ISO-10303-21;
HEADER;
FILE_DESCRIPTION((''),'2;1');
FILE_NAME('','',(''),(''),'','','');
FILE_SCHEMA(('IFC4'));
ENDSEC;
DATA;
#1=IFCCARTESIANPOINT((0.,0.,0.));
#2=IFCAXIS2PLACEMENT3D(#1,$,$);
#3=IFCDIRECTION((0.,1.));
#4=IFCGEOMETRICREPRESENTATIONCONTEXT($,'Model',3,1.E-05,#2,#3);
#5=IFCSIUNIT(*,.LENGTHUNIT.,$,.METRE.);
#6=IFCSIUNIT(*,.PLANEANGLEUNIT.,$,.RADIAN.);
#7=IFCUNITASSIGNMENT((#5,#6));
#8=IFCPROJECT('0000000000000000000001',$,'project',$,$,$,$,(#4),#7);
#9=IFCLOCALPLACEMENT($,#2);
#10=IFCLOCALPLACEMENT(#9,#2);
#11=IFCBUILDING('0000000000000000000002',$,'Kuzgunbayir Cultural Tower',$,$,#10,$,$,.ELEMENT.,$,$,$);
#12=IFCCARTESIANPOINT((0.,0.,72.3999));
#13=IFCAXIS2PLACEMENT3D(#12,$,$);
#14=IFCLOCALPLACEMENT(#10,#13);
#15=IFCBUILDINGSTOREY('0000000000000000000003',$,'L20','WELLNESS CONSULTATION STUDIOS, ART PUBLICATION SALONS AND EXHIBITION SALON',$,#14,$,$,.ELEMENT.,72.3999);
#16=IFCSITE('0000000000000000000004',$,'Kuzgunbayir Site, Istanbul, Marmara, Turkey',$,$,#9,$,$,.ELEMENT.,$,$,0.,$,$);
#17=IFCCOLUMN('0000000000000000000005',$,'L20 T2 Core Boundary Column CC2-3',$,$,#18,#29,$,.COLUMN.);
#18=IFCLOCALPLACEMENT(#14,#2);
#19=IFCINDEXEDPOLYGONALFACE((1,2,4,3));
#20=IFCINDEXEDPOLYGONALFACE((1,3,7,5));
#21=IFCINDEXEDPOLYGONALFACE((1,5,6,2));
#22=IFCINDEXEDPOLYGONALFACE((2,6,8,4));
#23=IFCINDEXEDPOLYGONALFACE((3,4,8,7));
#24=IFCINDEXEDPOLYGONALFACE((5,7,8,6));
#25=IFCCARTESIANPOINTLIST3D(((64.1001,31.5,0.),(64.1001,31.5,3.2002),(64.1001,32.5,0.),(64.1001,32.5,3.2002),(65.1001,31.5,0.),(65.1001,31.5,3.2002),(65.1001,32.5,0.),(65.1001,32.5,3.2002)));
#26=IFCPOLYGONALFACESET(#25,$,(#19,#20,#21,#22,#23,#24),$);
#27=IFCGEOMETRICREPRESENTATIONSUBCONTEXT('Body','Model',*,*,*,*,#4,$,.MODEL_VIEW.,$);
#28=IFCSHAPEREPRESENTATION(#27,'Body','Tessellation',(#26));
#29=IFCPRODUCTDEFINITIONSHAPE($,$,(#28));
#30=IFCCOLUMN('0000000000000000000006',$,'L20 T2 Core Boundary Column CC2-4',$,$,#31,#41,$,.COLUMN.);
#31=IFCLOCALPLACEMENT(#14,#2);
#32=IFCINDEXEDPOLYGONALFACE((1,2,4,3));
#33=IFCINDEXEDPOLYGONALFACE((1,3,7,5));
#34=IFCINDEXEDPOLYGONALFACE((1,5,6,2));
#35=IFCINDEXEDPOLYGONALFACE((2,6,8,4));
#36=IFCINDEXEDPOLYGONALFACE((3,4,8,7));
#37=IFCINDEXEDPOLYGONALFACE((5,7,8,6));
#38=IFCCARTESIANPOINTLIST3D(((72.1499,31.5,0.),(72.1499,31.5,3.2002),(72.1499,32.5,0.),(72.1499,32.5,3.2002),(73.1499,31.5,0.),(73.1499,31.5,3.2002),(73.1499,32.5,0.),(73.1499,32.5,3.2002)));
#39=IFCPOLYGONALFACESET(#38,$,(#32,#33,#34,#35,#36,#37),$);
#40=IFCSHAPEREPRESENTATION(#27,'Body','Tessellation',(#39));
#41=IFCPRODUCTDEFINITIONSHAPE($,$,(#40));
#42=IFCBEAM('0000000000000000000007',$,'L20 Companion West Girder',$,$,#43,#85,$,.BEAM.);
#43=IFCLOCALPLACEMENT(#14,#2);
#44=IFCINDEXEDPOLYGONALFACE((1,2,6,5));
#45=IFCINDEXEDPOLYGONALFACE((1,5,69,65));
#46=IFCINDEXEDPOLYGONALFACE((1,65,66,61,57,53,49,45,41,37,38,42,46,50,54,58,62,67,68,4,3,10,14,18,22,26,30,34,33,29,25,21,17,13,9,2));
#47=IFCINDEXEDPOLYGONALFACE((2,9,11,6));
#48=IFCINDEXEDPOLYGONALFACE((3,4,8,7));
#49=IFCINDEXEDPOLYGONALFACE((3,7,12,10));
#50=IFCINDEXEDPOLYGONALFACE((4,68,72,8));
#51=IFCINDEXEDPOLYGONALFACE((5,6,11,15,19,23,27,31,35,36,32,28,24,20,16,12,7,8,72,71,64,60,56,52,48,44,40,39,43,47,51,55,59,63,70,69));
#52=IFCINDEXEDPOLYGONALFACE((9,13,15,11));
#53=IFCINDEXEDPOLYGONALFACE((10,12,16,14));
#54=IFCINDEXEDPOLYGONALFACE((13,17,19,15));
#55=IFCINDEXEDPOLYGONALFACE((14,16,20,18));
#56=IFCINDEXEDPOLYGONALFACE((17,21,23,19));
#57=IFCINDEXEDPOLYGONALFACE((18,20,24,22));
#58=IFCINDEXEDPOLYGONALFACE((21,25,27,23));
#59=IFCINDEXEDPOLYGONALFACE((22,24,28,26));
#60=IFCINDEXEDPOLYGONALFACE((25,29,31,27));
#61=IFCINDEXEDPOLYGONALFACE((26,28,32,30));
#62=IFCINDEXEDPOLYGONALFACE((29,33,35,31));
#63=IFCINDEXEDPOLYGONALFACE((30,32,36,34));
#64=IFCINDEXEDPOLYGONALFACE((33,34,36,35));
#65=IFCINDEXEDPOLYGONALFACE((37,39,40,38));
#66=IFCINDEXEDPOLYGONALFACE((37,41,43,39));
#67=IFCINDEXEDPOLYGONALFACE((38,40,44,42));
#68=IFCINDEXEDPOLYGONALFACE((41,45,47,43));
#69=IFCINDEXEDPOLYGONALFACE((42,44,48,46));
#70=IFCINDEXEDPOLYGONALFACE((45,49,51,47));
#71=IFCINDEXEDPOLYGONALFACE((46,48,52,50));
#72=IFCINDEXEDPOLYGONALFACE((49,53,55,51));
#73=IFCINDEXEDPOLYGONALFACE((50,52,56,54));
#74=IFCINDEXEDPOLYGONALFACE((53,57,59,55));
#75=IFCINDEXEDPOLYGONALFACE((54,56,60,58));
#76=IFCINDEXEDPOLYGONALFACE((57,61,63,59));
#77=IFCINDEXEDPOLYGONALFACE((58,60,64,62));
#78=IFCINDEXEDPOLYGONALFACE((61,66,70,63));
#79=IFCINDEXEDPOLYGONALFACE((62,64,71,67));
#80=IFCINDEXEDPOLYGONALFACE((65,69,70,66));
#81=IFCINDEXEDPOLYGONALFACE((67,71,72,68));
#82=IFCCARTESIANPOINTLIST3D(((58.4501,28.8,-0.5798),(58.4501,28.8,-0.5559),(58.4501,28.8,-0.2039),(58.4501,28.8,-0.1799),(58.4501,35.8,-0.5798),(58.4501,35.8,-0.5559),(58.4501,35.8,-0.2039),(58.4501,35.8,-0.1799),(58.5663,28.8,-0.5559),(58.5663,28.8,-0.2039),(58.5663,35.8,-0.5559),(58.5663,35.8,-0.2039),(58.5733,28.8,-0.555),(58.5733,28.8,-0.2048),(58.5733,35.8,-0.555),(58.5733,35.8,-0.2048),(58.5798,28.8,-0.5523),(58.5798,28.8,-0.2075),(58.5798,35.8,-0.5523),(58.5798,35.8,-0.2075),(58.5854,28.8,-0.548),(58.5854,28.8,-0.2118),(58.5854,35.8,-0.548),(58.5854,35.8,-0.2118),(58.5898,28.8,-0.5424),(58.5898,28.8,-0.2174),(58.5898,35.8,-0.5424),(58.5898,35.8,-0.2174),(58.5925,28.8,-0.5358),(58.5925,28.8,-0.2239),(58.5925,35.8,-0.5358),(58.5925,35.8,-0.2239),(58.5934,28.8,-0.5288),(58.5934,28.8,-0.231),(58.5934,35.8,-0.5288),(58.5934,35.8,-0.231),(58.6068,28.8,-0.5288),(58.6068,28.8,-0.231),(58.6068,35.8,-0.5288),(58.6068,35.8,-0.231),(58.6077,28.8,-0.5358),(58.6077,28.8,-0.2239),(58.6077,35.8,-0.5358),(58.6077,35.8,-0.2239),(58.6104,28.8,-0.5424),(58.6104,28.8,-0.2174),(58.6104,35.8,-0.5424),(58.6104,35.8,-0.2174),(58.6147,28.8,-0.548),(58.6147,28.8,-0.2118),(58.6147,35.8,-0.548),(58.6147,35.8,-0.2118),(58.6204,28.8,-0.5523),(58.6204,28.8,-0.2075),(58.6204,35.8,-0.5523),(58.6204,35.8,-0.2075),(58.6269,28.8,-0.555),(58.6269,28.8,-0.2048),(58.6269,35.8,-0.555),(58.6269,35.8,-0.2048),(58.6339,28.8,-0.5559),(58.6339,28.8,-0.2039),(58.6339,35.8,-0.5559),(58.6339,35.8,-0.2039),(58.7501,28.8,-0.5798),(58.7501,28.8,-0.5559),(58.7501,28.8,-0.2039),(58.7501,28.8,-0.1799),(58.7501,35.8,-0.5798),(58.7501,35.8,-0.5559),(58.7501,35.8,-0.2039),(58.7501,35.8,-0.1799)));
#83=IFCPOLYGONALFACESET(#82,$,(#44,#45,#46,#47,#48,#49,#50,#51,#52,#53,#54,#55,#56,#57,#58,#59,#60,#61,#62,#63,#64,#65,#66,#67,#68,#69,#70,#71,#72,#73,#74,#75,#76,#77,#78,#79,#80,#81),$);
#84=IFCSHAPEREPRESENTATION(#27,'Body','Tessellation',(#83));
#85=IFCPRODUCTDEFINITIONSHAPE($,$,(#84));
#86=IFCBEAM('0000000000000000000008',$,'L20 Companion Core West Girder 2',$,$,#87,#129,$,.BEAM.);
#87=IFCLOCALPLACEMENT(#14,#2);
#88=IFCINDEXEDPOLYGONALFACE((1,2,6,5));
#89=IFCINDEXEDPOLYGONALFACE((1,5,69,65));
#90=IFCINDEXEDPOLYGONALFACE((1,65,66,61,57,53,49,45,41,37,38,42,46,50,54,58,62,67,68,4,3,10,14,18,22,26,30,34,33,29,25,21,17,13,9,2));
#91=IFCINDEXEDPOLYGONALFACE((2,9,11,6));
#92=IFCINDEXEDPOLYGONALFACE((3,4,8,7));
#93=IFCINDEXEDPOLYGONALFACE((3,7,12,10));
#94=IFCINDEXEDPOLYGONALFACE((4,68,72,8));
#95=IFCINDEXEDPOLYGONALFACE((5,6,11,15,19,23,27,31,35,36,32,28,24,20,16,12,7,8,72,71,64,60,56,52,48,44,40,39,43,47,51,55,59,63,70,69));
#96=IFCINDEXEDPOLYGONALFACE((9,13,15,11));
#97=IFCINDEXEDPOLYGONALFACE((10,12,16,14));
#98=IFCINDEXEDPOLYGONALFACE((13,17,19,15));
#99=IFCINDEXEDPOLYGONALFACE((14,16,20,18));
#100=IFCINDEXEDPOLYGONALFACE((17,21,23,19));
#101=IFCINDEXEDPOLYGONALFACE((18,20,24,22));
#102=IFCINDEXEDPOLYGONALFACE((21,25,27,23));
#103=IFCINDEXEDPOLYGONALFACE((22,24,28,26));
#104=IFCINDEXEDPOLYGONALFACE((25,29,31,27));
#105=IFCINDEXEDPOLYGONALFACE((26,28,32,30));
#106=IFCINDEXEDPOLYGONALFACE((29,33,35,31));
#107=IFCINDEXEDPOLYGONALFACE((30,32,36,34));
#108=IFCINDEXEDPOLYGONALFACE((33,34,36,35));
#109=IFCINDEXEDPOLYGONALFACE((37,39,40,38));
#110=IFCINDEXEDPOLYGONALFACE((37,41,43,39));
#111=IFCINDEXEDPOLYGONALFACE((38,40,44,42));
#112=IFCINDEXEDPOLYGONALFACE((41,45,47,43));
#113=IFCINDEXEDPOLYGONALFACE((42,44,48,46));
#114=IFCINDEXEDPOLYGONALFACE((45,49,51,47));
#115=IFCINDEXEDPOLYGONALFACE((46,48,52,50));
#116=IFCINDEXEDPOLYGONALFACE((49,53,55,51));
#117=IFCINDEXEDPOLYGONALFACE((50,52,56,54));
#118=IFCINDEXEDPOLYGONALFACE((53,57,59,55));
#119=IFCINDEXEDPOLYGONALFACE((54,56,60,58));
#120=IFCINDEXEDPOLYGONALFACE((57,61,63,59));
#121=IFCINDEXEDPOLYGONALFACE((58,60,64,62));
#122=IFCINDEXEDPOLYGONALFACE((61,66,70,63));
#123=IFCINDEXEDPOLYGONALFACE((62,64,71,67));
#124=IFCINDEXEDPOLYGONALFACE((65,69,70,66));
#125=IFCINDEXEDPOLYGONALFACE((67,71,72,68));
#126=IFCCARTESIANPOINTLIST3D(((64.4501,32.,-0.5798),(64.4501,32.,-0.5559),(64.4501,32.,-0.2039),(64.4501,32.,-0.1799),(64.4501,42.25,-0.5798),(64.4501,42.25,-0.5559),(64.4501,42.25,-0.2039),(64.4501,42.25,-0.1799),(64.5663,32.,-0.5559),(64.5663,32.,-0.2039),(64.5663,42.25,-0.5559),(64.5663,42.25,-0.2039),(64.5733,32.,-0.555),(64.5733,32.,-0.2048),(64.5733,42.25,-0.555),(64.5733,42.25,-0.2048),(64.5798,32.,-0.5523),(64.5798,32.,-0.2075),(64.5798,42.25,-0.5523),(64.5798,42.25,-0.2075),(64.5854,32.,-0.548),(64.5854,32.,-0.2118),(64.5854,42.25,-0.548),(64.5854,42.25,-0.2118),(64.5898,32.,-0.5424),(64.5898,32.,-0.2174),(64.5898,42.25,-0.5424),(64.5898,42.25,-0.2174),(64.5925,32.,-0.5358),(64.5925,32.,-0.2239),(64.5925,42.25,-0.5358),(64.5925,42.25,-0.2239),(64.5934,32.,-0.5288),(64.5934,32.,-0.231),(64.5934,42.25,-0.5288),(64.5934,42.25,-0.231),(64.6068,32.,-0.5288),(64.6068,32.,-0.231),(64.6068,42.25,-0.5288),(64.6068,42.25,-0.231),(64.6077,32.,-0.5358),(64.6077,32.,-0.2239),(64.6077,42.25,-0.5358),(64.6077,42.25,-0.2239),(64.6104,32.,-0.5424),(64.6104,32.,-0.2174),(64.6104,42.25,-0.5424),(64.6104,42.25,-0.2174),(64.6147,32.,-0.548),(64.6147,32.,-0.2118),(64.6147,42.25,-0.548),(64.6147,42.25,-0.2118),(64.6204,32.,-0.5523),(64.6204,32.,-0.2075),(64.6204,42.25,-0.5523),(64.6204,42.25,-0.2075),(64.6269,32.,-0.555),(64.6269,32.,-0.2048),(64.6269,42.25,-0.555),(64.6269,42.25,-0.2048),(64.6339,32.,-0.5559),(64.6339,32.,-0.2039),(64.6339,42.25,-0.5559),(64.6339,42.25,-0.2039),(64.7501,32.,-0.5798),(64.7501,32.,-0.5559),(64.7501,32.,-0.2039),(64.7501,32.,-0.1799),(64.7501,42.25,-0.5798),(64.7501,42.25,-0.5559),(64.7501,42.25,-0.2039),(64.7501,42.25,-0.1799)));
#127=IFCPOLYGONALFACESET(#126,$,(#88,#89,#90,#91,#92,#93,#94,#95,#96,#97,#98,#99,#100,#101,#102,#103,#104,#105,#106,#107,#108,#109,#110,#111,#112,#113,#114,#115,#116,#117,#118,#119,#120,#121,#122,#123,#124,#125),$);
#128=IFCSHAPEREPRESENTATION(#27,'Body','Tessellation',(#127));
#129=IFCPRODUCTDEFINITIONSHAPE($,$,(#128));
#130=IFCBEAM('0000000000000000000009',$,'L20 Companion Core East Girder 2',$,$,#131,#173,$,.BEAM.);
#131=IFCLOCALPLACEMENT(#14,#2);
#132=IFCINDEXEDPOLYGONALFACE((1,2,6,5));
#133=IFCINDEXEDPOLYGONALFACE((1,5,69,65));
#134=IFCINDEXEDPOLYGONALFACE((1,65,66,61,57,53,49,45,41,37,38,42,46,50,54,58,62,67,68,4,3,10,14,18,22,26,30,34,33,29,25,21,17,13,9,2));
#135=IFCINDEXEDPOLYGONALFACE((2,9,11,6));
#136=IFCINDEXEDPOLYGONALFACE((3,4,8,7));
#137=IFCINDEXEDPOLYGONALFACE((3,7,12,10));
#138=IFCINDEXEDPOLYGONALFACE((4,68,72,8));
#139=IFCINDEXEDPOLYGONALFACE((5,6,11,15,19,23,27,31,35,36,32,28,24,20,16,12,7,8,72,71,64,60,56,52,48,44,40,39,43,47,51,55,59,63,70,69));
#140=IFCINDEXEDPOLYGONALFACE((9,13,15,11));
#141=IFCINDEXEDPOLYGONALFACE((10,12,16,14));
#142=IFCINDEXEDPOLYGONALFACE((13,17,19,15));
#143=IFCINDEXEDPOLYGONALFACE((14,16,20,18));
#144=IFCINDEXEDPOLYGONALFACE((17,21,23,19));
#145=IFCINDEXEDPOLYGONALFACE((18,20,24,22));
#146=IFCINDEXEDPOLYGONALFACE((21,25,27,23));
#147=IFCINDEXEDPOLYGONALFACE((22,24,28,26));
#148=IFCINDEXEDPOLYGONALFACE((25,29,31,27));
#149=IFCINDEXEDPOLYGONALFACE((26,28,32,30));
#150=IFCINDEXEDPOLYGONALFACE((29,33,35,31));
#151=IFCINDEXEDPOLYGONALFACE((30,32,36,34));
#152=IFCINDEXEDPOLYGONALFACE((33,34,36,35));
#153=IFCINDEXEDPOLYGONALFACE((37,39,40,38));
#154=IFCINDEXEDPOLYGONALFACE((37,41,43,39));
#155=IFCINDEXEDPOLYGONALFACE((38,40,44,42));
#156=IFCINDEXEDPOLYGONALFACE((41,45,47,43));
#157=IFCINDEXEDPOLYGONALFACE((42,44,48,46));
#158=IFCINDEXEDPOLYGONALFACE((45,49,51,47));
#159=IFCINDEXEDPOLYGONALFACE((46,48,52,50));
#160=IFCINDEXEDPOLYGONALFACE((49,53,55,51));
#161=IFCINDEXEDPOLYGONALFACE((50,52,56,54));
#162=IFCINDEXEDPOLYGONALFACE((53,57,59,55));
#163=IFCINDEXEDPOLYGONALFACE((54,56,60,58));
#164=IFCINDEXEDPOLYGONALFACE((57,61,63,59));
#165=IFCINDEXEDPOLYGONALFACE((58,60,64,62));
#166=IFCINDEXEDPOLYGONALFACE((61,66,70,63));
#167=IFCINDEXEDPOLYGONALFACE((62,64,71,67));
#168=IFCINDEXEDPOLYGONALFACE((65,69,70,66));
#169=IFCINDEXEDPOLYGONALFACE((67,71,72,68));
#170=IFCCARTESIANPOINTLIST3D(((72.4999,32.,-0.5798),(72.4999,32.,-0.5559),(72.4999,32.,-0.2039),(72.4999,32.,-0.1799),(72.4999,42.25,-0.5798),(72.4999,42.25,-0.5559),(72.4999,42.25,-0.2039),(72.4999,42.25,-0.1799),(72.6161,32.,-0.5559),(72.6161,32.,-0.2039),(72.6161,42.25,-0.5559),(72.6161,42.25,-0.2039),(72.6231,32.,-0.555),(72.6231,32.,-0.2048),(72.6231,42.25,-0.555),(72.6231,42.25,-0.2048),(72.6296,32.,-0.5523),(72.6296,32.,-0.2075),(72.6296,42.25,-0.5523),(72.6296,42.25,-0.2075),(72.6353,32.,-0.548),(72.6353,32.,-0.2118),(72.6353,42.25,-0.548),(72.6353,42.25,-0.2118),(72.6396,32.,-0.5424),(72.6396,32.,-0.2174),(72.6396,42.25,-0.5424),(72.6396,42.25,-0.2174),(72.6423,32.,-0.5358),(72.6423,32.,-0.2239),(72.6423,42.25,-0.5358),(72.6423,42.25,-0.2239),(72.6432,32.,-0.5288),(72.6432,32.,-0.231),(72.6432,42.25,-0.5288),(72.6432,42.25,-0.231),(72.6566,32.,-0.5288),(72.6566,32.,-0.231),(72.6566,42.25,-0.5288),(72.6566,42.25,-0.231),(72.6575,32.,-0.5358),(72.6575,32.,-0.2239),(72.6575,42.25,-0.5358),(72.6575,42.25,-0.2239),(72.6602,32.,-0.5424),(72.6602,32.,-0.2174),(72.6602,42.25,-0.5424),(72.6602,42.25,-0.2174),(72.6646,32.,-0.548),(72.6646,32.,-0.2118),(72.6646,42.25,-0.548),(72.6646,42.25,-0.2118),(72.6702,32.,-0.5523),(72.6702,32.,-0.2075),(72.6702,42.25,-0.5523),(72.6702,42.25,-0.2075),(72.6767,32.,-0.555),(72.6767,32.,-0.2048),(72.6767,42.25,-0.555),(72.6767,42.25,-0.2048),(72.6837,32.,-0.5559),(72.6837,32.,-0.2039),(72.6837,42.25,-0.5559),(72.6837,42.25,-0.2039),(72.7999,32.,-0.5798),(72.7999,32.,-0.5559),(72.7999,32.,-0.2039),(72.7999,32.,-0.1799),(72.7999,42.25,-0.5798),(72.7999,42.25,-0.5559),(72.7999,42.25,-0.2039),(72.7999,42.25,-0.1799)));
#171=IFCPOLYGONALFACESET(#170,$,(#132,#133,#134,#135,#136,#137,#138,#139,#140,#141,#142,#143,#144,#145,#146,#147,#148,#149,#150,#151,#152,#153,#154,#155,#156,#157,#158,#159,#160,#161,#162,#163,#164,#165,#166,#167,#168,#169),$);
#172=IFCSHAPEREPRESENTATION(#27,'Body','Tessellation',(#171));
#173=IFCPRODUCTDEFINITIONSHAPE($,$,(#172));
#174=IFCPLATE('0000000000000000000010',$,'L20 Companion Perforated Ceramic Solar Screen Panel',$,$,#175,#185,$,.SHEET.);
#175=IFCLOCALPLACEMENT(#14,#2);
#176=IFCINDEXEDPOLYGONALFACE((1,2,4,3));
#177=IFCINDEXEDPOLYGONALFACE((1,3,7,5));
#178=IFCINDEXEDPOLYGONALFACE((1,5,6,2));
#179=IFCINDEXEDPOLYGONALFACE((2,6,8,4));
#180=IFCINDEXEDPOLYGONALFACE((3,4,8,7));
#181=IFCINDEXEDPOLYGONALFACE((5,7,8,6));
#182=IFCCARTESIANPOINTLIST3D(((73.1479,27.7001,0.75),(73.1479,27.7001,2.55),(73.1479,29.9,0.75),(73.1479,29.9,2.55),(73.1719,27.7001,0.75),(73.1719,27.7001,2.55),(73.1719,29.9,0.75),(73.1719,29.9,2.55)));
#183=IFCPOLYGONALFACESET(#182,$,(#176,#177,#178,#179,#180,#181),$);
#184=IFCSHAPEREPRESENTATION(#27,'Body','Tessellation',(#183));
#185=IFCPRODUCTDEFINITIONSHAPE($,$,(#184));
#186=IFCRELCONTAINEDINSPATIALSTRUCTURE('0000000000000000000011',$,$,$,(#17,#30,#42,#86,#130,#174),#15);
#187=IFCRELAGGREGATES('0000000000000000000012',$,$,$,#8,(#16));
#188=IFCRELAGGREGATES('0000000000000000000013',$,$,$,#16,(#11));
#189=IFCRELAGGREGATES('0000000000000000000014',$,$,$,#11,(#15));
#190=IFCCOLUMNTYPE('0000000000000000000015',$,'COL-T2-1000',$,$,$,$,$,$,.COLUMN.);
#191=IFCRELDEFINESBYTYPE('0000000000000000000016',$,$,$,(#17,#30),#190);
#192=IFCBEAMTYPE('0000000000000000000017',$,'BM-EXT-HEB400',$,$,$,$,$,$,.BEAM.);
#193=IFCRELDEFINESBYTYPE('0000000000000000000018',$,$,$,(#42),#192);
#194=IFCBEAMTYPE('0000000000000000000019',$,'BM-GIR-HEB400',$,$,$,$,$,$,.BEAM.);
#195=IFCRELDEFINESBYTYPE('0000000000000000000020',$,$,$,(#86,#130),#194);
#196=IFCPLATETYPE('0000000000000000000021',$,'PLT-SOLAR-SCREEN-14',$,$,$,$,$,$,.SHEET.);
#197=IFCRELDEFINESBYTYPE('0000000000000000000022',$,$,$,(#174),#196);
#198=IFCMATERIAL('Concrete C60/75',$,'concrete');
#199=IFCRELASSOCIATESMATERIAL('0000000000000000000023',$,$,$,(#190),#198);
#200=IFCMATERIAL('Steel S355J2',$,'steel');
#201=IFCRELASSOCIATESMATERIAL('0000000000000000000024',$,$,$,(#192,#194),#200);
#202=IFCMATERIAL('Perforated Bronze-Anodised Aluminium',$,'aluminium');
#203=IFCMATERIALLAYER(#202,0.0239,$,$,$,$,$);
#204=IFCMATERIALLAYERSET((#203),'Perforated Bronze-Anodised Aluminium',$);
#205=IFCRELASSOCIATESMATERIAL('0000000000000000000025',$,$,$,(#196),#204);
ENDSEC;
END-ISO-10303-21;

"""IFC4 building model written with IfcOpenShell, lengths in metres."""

from ifc_helpers import new_model, si_unit, direction, frame, origin, origin_2d, place, context, subcontext, project, spatial, rectangle, i_section, extrude, material, layer, layer_set, material_profile, profile_set, type_object, element, save


model = new_model("IFC4")

# Units and contexts
model_context = context("Model", 3, precision=1e-05, world=origin(), true_north=direction((0.0, 1.0)))
body_context = subcontext(model_context, "Body", "Model", "MODEL_VIEW")
ifc_project = project(units=[si_unit("LENGTHUNIT", "METRE"), si_unit("PLANEANGLEUNIT", "RADIAN")], contexts=[model_context])

# Site, building, storey
site_placement = place(None, origin())
site = spatial("IfcSite", under=ifc_project, at=site_placement, Name="Kuzgunbayir Site, Istanbul, Marmara, Turkey", CompositionType="ELEMENT", RefElevation=0.0)
building_placement = place(site_placement, origin())
building = spatial("IfcBuilding", under=site, at=building_placement, Name="Kuzgunbayir Cultural Tower", CompositionType="ELEMENT")
storey_placement = place(building_placement, frame((0.0, 0.0, 72.3999)))
storey = spatial("IfcBuildingStorey", under=building, at=storey_placement, Name="L20", Description="WELLNESS CONSULTATION STUDIOS, ART PUBLICATION SALONS AND EXHIBITION SALON", CompositionType="ELEMENT", Elevation=72.3999)

# Columns
ifc_material_1 = material(Name="Concrete C60/75", Category="concrete")
ifc_material_profile_1 = material_profile(ifc_material_1, rectangle(XDim=1.0, YDim=1.0, at=origin_2d()), Name="RC 1000x1000")
ifc_profile_set_1 = profile_set([ifc_material_profile_1], Name="Concrete C60/75")
column_type = type_object("IfcColumnType", Name="COL-T2-1000", PredefinedType="COLUMN", material=ifc_profile_set_1)
for number, where, z_axis, x_axis, name in (
    (1, (64.6001, 32.0, 0.0), (0.0, 0.0, 1.0), (1.0, 0.0, 0.0), "L20 T2 Core Boundary Column CC2-3"),
    (2, (72.6499, 32.0, 0.0), (0.0, 0.0, 1.0), (1.0, 0.0, 0.0), "L20 T2 Core Boundary Column CC2-4"),
):
    element("IfcColumn", number, at=place(storey_placement, frame(where, z_axis=z_axis, x_axis=x_axis)), inside=storey, type_object=column_type, Name=name, PredefinedType="COLUMN", context=body_context, shape_type="SweptSolid", body=[
        extrude(rectangle(XDim=1.0, YDim=1.0, at=origin_2d()), origin(), (0.0, 0.0, 1.0), 3.2002),
    ])

# Beams
ifc_material_2 = material(Name="Steel S355J2", Category="steel")
ifc_material_profile_2 = material_profile(ifc_material_2, i_section(OverallWidth=0.3, OverallDepth=0.3999, WebThickness=0.0134, FlangeThickness=0.0239, FilletRadius=0.0271, at=origin_2d()), Name="HEB 400")
ifc_profile_set_2 = profile_set([ifc_material_profile_2], Name="Steel S355J2")
beam_type_1 = type_object("IfcBeamType", Name="BM-EXT-HEB400", PredefinedType="BEAM", material=ifc_profile_set_2)
beam_placement = place(storey_placement, frame((58.6001, 28.8, -0.3799), z_axis=(0.0, 1.0, 0.0), x_axis=(-1.0, 0.0, 0.0)))
element("IfcBeam", 3, at=beam_placement, inside=storey, type_object=beam_type_1, Name="L20 Companion West Girder", PredefinedType="BEAM", context=body_context, shape_type="SweptSolid", body=[
    extrude(i_section(OverallWidth=0.3, OverallDepth=0.3999, WebThickness=0.0134, FlangeThickness=0.0239, FilletRadius=0.0271, at=origin_2d()), origin(), (0.0, 0.0, 1.0), 7.0),
])
ifc_material_profile_3 = material_profile(ifc_material_2, i_section(OverallWidth=0.3, OverallDepth=0.3999, WebThickness=0.0134, FlangeThickness=0.0239, FilletRadius=0.0271, at=origin_2d()), Name="HEB 400")
ifc_profile_set_3 = profile_set([ifc_material_profile_3], Name="Steel S355J2")
beam_type_2 = type_object("IfcBeamType", Name="BM-GIR-HEB400", PredefinedType="BEAM", material=ifc_profile_set_3)
for number, where, z_axis, x_axis, name in (
    (4, (64.6001, 32.0, -0.3799), (0.0, 1.0, 0.0), (-1.0, 0.0, 0.0), "L20 Companion Core West Girder 2"),
    (5, (72.6499, 32.0, -0.3799), (0.0, 1.0, 0.0), (-1.0, 0.0, 0.0), "L20 Companion Core East Girder 2"),
):
    element("IfcBeam", number, at=place(storey_placement, frame(where, z_axis=z_axis, x_axis=x_axis)), inside=storey, type_object=beam_type_2, Name=name, PredefinedType="BEAM", context=body_context, shape_type="SweptSolid", body=[
        extrude(i_section(OverallWidth=0.3, OverallDepth=0.3999, WebThickness=0.0134, FlangeThickness=0.0239, FilletRadius=0.0271, at=origin_2d()), origin(), (0.0, 0.0, 1.0), 10.25),
    ])

# Plate
ifc_material_3 = material(Name="Perforated Bronze-Anodised Aluminium", Category="aluminium")
ifc_layer_1 = layer(ifc_material_3, 0.0239)
ifc_layer_set_1 = layer_set([ifc_layer_1], Name="Perforated Bronze-Anodised Aluminium")
plate_type = type_object("IfcPlateType", Name="PLT-SOLAR-SCREEN-14", PredefinedType="SHEET", material=ifc_layer_set_1)
plate_placement = place(storey_placement, frame((73.1599, 28.8, 0.75), z_axis=(0.0, 0.0, 1.0), x_axis=(1.0, 0.0, 0.0)))
element("IfcPlate", 6, at=plate_placement, inside=storey, type_object=plate_type, Name="L20 Companion Perforated Ceramic Solar Screen Panel", PredefinedType="SHEET", context=body_context, shape_type="SweptSolid", body=[
    extrude(rectangle(XDim=0.0239, YDim=2.2, at=origin_2d()), origin(), (0.0, 0.0, 1.0), 1.8),
])

save(model, "model.ifc")
